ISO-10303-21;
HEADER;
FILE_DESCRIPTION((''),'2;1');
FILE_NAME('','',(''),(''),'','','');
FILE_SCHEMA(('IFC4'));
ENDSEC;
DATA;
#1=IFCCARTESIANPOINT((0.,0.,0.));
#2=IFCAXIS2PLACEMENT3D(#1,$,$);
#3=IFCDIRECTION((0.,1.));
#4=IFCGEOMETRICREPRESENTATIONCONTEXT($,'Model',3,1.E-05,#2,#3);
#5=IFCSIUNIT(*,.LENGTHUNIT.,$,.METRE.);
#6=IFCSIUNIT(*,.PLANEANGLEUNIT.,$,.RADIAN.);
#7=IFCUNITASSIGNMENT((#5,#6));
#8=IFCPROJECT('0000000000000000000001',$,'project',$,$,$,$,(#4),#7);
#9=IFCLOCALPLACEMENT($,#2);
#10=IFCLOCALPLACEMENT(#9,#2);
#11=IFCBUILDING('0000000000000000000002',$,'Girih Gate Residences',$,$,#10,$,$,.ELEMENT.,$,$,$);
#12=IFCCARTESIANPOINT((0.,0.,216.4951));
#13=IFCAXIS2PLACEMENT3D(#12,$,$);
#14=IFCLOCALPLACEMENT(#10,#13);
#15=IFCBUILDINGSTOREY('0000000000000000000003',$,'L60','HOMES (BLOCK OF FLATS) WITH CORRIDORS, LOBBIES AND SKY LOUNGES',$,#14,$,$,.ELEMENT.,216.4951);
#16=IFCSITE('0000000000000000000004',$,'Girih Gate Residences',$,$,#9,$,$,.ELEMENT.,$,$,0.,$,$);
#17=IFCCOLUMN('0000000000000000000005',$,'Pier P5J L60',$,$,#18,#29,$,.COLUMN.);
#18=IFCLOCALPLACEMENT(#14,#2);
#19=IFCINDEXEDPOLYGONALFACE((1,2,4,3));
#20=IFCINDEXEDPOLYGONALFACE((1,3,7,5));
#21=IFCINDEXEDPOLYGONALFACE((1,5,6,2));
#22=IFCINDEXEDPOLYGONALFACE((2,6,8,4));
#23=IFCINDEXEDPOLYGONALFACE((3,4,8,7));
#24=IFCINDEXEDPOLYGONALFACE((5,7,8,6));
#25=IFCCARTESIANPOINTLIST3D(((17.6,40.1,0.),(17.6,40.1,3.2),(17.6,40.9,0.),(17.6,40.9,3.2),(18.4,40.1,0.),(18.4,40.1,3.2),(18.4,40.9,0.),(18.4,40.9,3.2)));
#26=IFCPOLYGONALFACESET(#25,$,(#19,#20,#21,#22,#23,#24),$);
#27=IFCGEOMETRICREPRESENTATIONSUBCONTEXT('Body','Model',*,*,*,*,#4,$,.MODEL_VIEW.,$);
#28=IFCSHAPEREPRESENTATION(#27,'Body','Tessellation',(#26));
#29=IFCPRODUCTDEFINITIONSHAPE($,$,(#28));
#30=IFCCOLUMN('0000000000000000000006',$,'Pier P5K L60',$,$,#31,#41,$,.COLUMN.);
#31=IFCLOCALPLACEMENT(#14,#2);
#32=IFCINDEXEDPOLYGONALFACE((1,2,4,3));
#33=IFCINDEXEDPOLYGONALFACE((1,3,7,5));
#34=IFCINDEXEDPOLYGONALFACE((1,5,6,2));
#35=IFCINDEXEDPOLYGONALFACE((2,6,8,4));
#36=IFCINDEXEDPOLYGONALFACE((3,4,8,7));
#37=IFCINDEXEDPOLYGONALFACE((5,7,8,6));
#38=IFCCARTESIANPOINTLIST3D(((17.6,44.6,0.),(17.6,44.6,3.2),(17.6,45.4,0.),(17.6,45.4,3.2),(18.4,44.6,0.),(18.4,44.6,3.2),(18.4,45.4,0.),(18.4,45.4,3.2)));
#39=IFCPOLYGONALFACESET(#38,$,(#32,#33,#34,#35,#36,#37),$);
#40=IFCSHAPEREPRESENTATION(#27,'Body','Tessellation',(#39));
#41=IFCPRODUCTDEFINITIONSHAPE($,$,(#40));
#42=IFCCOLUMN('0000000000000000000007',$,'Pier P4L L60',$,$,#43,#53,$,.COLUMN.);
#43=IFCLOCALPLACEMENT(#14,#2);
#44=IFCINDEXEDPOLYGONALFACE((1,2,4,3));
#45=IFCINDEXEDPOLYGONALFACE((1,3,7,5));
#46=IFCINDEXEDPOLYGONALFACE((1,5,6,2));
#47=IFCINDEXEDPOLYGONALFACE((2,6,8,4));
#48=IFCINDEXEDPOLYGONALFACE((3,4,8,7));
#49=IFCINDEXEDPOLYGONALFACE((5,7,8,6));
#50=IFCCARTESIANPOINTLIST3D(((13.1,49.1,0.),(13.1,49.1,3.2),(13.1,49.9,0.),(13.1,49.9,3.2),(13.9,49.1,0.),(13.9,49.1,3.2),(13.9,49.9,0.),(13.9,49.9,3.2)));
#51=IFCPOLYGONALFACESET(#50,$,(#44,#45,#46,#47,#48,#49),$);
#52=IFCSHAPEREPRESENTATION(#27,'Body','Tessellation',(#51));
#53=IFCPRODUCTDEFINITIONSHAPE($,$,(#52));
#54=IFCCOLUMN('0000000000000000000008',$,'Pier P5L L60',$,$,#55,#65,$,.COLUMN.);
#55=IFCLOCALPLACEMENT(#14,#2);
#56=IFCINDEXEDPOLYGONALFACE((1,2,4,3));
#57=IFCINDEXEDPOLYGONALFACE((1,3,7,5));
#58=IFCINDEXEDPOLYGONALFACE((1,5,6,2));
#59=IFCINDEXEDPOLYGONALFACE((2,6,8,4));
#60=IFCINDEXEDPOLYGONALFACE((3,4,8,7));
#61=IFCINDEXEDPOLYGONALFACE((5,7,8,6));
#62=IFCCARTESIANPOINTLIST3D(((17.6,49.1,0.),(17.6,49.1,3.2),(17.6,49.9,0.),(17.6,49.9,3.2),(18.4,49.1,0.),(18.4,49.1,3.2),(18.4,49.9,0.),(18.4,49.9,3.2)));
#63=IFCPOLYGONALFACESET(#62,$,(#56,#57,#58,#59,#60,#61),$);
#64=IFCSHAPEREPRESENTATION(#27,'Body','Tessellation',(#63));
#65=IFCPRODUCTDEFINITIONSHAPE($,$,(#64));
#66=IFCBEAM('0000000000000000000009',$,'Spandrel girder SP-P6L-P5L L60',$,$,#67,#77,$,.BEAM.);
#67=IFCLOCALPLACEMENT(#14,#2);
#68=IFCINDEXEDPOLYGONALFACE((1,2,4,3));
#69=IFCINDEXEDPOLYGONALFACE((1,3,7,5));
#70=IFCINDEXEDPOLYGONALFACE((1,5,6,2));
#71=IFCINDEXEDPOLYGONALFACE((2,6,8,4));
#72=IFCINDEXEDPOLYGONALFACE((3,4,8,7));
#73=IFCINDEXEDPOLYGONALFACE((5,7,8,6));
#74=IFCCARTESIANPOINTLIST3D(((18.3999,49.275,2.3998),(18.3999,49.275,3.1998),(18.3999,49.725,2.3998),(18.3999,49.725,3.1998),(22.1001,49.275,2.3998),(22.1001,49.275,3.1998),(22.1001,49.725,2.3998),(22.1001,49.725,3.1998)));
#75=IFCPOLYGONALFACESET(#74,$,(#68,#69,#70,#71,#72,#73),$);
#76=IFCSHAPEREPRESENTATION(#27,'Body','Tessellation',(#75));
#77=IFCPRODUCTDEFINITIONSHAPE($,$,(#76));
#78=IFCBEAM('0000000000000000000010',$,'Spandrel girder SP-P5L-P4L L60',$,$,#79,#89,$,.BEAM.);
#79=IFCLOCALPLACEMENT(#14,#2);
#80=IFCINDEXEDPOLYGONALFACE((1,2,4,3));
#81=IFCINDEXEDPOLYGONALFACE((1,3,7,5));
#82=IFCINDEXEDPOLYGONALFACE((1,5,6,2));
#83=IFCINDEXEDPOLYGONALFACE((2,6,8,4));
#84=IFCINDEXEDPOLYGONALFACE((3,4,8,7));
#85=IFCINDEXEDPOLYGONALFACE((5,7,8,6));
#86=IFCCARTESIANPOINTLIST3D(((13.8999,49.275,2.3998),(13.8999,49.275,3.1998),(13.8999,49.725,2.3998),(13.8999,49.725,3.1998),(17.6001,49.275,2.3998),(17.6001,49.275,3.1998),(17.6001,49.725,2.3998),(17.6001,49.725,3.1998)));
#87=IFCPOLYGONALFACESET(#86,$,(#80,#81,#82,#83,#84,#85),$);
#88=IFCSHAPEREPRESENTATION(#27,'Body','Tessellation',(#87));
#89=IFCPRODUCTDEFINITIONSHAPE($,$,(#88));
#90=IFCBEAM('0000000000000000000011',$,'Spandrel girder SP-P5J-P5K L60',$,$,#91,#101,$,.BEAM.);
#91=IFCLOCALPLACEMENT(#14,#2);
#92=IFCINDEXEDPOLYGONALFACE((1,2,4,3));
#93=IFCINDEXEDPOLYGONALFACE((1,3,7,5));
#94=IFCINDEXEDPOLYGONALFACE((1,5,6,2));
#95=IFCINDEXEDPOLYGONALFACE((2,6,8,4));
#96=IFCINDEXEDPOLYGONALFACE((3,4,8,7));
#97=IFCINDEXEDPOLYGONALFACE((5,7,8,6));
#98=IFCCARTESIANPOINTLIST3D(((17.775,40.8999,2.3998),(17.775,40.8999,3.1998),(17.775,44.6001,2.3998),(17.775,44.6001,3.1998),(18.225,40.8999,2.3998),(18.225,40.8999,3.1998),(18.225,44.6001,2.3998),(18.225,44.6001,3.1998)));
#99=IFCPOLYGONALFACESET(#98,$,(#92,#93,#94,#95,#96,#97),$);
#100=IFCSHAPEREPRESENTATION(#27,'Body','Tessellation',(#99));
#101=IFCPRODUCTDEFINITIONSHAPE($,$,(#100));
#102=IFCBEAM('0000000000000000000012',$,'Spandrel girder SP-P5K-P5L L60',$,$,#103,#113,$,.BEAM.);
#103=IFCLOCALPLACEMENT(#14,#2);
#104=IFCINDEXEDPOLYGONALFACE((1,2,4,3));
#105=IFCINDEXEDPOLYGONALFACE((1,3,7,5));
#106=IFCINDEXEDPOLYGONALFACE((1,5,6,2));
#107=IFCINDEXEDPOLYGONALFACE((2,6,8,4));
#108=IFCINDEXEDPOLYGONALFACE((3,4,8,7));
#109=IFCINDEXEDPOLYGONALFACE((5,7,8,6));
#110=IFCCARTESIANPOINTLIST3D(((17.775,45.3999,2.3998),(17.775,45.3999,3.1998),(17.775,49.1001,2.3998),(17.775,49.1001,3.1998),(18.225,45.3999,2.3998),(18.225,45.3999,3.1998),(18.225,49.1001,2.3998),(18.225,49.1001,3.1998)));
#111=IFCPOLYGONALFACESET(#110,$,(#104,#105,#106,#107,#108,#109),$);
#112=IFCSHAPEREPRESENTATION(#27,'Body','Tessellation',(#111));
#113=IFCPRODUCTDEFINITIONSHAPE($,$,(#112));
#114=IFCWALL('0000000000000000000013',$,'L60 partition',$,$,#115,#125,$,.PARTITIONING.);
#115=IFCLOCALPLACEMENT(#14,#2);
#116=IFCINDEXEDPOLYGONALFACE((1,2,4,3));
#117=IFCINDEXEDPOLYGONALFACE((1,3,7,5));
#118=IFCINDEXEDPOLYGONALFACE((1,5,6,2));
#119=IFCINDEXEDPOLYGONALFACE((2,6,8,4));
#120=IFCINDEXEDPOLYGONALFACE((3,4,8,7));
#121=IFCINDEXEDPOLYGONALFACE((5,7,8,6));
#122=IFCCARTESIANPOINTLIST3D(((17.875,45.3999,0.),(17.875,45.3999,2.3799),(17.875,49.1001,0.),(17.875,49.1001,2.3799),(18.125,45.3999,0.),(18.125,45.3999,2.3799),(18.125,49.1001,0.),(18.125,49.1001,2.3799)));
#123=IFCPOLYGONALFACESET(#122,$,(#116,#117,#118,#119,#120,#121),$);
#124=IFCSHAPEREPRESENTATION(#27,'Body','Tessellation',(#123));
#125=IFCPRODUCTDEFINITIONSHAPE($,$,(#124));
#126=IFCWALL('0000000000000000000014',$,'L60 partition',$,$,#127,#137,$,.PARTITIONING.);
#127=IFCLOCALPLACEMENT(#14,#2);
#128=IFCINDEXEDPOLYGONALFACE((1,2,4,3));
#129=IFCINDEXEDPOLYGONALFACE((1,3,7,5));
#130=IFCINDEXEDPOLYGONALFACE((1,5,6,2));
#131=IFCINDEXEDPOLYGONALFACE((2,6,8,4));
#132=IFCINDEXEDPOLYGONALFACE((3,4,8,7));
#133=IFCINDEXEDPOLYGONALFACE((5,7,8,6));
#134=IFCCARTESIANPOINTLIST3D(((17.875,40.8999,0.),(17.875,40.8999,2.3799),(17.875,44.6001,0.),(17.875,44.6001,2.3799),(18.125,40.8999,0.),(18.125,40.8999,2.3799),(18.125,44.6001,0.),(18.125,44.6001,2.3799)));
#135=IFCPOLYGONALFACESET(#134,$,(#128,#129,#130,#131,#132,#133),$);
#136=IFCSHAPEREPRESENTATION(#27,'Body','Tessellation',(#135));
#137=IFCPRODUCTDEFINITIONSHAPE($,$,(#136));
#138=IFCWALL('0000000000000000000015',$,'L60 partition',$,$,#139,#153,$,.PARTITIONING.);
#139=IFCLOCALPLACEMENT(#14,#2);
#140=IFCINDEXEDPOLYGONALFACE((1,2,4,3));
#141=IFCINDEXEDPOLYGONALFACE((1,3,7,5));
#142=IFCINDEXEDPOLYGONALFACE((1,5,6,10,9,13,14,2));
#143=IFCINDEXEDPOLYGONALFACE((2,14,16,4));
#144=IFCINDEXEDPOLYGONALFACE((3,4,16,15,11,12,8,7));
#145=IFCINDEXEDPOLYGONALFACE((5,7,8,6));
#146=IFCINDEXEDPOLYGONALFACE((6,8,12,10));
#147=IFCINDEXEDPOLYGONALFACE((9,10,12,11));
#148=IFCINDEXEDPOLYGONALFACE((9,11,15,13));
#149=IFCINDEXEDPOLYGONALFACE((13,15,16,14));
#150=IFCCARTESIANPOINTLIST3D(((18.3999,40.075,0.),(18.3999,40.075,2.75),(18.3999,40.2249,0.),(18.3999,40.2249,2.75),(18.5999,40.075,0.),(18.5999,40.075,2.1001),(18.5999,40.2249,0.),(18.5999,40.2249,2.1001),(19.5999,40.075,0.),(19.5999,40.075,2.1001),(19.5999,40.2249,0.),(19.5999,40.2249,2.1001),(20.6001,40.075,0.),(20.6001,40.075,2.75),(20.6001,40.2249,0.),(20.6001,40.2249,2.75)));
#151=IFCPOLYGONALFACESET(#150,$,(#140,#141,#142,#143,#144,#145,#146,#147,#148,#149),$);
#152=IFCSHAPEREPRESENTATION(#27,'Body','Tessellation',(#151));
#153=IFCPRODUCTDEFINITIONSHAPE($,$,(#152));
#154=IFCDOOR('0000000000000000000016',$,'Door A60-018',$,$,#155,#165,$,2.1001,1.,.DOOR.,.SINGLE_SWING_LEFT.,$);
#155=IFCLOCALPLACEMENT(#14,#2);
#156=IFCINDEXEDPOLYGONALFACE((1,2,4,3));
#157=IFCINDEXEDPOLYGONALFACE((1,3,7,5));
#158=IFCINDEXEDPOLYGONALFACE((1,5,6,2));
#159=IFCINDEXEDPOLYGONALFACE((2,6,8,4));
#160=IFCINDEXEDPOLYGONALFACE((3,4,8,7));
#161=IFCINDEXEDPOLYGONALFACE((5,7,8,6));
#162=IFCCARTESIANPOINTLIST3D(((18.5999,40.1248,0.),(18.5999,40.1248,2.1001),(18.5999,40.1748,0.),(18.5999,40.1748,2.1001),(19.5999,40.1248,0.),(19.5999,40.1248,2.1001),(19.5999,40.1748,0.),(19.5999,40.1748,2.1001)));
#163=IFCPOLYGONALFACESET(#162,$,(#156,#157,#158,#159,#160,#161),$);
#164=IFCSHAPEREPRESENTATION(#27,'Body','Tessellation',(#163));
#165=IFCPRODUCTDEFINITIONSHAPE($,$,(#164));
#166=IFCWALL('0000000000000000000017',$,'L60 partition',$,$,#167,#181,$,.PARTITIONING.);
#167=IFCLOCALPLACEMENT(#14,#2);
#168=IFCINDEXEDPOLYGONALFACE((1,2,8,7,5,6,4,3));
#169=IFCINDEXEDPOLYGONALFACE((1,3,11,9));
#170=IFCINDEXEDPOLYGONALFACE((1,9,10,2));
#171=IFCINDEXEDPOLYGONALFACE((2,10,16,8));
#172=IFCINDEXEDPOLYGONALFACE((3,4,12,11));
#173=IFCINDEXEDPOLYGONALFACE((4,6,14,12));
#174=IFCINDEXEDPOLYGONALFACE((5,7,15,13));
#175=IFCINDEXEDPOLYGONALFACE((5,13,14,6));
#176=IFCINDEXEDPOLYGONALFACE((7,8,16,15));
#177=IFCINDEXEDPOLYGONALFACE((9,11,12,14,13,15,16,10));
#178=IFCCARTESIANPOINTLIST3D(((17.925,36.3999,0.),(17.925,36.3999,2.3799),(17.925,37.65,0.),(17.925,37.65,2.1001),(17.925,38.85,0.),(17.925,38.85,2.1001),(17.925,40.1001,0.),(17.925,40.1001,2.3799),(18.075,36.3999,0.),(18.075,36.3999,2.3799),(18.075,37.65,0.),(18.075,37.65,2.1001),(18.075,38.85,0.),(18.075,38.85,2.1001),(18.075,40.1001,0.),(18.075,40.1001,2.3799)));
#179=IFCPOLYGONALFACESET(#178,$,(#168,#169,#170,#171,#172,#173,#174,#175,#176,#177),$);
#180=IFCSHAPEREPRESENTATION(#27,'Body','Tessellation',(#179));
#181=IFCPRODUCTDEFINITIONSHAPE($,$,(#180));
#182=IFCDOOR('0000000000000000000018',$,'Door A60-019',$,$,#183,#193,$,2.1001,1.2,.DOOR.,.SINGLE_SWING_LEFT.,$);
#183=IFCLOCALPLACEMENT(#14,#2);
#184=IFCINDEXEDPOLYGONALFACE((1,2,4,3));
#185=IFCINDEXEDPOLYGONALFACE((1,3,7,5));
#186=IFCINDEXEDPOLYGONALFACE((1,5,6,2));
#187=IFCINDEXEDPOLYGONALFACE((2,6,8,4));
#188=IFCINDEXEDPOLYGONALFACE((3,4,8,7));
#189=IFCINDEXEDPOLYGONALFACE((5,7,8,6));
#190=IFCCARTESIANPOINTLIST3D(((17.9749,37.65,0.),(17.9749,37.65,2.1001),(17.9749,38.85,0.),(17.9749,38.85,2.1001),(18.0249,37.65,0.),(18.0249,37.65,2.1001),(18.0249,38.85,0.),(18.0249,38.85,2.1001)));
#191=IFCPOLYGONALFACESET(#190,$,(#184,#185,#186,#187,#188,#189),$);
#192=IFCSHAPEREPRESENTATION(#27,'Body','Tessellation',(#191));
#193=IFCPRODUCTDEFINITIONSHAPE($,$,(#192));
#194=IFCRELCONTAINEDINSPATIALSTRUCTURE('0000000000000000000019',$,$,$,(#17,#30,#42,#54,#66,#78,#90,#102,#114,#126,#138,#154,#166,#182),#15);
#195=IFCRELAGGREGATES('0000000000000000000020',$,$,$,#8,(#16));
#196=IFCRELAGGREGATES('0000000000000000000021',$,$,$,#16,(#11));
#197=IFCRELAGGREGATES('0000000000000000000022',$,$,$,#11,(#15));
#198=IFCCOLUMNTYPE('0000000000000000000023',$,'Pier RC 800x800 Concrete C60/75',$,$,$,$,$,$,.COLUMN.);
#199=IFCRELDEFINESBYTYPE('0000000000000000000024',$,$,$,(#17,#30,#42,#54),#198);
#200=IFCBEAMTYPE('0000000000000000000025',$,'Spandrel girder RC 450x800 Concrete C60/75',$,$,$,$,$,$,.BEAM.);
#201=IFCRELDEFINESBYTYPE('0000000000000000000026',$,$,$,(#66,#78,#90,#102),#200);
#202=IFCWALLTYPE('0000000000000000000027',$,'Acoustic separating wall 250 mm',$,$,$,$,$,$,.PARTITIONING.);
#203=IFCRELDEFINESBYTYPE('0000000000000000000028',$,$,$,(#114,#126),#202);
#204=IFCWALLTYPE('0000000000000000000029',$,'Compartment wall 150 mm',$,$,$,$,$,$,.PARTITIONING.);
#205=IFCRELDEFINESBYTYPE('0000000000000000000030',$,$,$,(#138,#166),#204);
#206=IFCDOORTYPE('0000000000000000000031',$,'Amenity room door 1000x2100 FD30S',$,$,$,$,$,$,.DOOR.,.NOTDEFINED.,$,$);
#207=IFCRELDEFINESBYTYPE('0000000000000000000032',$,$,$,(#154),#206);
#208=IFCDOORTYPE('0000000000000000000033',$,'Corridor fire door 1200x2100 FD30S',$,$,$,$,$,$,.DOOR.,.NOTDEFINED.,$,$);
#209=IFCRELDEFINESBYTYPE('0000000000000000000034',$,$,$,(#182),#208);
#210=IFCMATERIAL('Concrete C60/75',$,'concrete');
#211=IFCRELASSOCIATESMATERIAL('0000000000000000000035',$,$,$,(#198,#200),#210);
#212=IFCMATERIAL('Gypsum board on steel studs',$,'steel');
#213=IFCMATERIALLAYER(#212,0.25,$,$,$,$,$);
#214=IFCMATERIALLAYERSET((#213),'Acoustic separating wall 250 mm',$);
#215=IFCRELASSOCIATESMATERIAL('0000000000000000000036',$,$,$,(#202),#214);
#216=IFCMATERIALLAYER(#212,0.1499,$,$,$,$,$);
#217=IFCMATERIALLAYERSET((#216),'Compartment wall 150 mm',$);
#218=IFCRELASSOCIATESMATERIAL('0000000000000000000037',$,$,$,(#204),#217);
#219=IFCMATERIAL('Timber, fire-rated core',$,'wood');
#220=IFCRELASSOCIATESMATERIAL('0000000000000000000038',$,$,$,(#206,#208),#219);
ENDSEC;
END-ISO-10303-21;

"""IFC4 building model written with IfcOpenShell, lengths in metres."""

from ifc_helpers import new_model, si_unit, direction, frame, frame_2d, origin, origin_2d, place, context, subcontext, project, spatial, rectangle, extrude, material, layer, layer_set, material_profile, profile_set, type_object, element, fill, save


model = new_model("IFC4")

# Units and contexts
model_context = context("Model", 3, precision=1e-05, world=origin(), true_north=direction((0.0, 1.0)))
body_context = subcontext(model_context, "Body", "Model", "MODEL_VIEW")
ifc_project = project(units=[si_unit("LENGTHUNIT", "METRE"), si_unit("PLANEANGLEUNIT", "RADIAN")], contexts=[model_context])

# Site, building, storey
site_placement = place(None, origin())
site = spatial("IfcSite", under=ifc_project, at=site_placement, Name="Girih Gate Residences", CompositionType="ELEMENT", RefElevation=0.0)
building_placement = place(site_placement, origin())
building = spatial("IfcBuilding", under=site, at=building_placement, Name="Girih Gate Residences", CompositionType="ELEMENT")
storey_placement = place(building_placement, frame((0.0, 0.0, 216.4951)))
storey = spatial("IfcBuildingStorey", under=building, at=storey_placement, Name="L60", Description="HOMES (BLOCK OF FLATS) WITH CORRIDORS, LOBBIES AND SKY LOUNGES", CompositionType="ELEMENT", Elevation=216.4951)

# Columns
ifc_material_1 = material(Name="Concrete C60/75", Category="concrete")
ifc_material_profile_1 = material_profile(ifc_material_1, rectangle(XDim=0.8, YDim=0.8, at=origin_2d()))
ifc_profile_set_1 = profile_set([ifc_material_profile_1], Name="Concrete C60/75")
column_type = type_object("IfcColumnType", Name="Pier RC 800x800 Concrete C60/75", PredefinedType="COLUMN", material=ifc_profile_set_1)
for number, where, z_axis, x_axis, name in (
    (1, (18.0, 40.5, 0.0), (0.0, 0.0, 1.0), (1.0, 0.0, 0.0), "Pier P5J L60"),
    (2, (18.0, 45.0, 0.0), (0.0, 0.0, 1.0), (1.0, 0.0, 0.0), "Pier P5K L60"),
    (3, (13.5, 49.5, 0.0), (0.0, 0.0, 1.0), (1.0, 0.0, 0.0), "Pier P4L L60"),
    (4, (18.0, 49.5, 0.0), (0.0, 0.0, 1.0), (1.0, 0.0, 0.0), "Pier P5L L60"),
):
    element("IfcColumn", number, at=place(storey_placement, frame(where, z_axis=z_axis, x_axis=x_axis)), inside=storey, type_object=column_type, Name=name, PredefinedType="COLUMN", context=body_context, shape_type="SweptSolid", body=[
        extrude(rectangle(XDim=0.8, YDim=0.8, at=origin_2d()), origin(), (0.0, 0.0, 1.0), 3.2),
    ])

# Beams
ifc_material_profile_2 = material_profile(ifc_material_1, rectangle(XDim=0.45, YDim=0.8, at=origin_2d()))
ifc_profile_set_2 = profile_set([ifc_material_profile_2], Name="Concrete C60/75")
beam_type = type_object("IfcBeamType", Name="Spandrel girder RC 450x800 Concrete C60/75", PredefinedType="BEAM", material=ifc_profile_set_2)
for number, where, z_axis, x_axis, name in (
    (5, (22.1001, 49.5, 2.7998), (-1.0, 0.0, 0.0), (0.0, -1.0, 0.0), "Spandrel girder SP-P6L-P5L L60"),
    (6, (17.6001, 49.5, 2.7998), (-1.0, 0.0, 0.0), (0.0, -1.0, 0.0), "Spandrel girder SP-P5L-P4L L60"),
    (7, (18.0, 40.8999, 2.7998), (0.0, 1.0, 0.0), (-1.0, 0.0, 0.0), "Spandrel girder SP-P5J-P5K L60"),
    (8, (18.0, 45.3999, 2.7998), (0.0, 1.0, 0.0), (-1.0, 0.0, 0.0), "Spandrel girder SP-P5K-P5L L60"),
):
    element("IfcBeam", number, at=place(storey_placement, frame(where, z_axis=z_axis, x_axis=x_axis)), inside=storey, type_object=beam_type, Name=name, PredefinedType="BEAM", context=body_context, shape_type="SweptSolid", body=[
        extrude(rectangle(XDim=0.45, YDim=0.8, at=origin_2d()), origin(), (0.0, 0.0, 1.0), 3.7002),
    ])

# Walls
ifc_material_2 = material(Name="Gypsum board on steel studs", Category="steel")
ifc_layer_1 = layer(ifc_material_2, 0.25)
ifc_layer_set_1 = layer_set([ifc_layer_1], Name="Acoustic separating wall 250 mm")
wall_type_1 = type_object("IfcWallType", Name="Acoustic separating wall 250 mm", PredefinedType="PARTITIONING", material=ifc_layer_set_1)
for number, where, z_axis, x_axis, name in (
    (9, (18.0, 45.3999, 0.0), (0.0, 0.0, 1.0), (0.0, 1.0, 0.0), "L60 partition"),
    (10, (18.0, 40.8999, 0.0), (0.0, 0.0, 1.0), (0.0, 1.0, 0.0), "L60 partition"),
):
    element("IfcWall", number, at=place(storey_placement, frame(where, z_axis=z_axis, x_axis=x_axis)), inside=storey, type_object=wall_type_1, Name=name, PredefinedType="PARTITIONING", context=body_context, shape_type="SweptSolid", body=[
        extrude(rectangle(XDim=3.7002, YDim=0.25, at=frame_2d((1.8501, 0.0))), origin(), (0.0, 0.0, 1.0), 2.3799),
    ])

# Walls, openings, doors
ifc_layer_2 = layer(ifc_material_2, 0.1499)
ifc_layer_set_2 = layer_set([ifc_layer_2], Name="Compartment wall 150 mm")
wall_type_2 = type_object("IfcWallType", Name="Compartment wall 150 mm", PredefinedType="PARTITIONING", material=ifc_layer_set_2)
ifc_material_3 = material(Name="Timber, fire-rated core", Category="wood")
wall_1_placement = place(storey_placement, frame((18.3999, 40.1499, 0.0), z_axis=(0.0, 0.0, 1.0), x_axis=(1.0, 0.0, 0.0)))
wall_1 = element("IfcWall", 11, at=wall_1_placement, inside=storey, type_object=wall_type_2, Name="L60 partition", PredefinedType="PARTITIONING", context=body_context, shape_type="SweptSolid", body=[
    extrude(rectangle(XDim=2.2002, YDim=0.1499, at=frame_2d((1.1001, 0.0))), origin(), (0.0, 0.0, 1.0), 2.75),
])
opening_1_placement = place(wall_1_placement, frame((0.2, 0.0, 0.0)))
opening_1 = element("IfcOpeningElement", 12, at=opening_1_placement, cuts=wall_1, PredefinedType="OPENING", context=body_context, shape_type="SweptSolid", body=[
    extrude(rectangle(XDim=1.0, YDim=2.1001, at=frame_2d((0.5, 1.05))), frame((0.0, 0.085, 0.0), z_axis=(0.0, -1.0, 0.0), x_axis=(1.0, 0.0, 0.0)), (0.0, 0.0, 1.0), 0.1699),
])
door_type_1 = type_object("IfcDoorType", Name="Amenity room door 1000x2100 FD30S", OperationType="NOTDEFINED", PredefinedType="DOOR", material=ifc_material_3)
door_1_placement = place(opening_1_placement, origin())
door_1 = element("IfcDoor", 13, at=door_1_placement, inside=storey, type_object=door_type_1, Name="Door A60-018", OperationType="SINGLE_SWING_LEFT", OverallHeight=2.1001, OverallWidth=1.0, PredefinedType="DOOR", context=body_context, shape_type="SweptSolid", body=[
    extrude(rectangle(XDim=1.0, YDim=2.1001, at=frame_2d((0.5, 1.05))), frame((0.0, 0.0249, 0.0), z_axis=(0.0, -1.0, 0.0), x_axis=(1.0, 0.0, 0.0)), (0.0, 0.0, 1.0), 0.05),
])
fill(opening_1, door_1)
wall_2_placement = place(storey_placement, frame((18.0, 40.1001, 0.0), z_axis=(0.0, 0.0, 1.0), x_axis=(0.0, -1.0, 0.0)))
wall_2 = element("IfcWall", 14, at=wall_2_placement, inside=storey, type_object=wall_type_2, Name="L60 partition", PredefinedType="PARTITIONING", context=body_context, shape_type="SweptSolid", body=[
    extrude(rectangle(XDim=3.7002, YDim=0.1499, at=frame_2d((1.8501, 0.0))), origin(), (0.0, 0.0, 1.0), 2.3799),
])
opening_2_placement = place(wall_2_placement, frame((1.25, 0.0, 0.0)))
opening_2 = element("IfcOpeningElement", 15, at=opening_2_placement, cuts=wall_2, PredefinedType="OPENING", context=body_context, shape_type="SweptSolid", body=[
    extrude(rectangle(XDim=1.2, YDim=2.1001, at=frame_2d((0.6001, 1.05))), frame((0.0, 0.085, 0.0), z_axis=(0.0, -1.0, 0.0), x_axis=(1.0, 0.0, 0.0)), (0.0, 0.0, 1.0), 0.1699),
])
door_type_2 = type_object("IfcDoorType", Name="Corridor fire door 1200x2100 FD30S", OperationType="NOTDEFINED", PredefinedType="DOOR", material=ifc_material_3)
door_2_placement = place(opening_2_placement, origin())
door_2 = element("IfcDoor", 16, at=door_2_placement, inside=storey, type_object=door_type_2, Name="Door A60-019", OperationType="SINGLE_SWING_LEFT", OverallHeight=2.1001, OverallWidth=1.2, PredefinedType="DOOR", context=body_context, shape_type="SweptSolid", body=[
    extrude(rectangle(XDim=1.2, YDim=2.1001, at=frame_2d((0.6001, 1.05))), frame((0.0, 0.0249, 0.0), z_axis=(0.0, -1.0, 0.0), x_axis=(1.0, 0.0, 0.0)), (0.0, 0.0, 1.0), 0.05),
])
fill(opening_2, door_2)

save(model, "model.ifc")
